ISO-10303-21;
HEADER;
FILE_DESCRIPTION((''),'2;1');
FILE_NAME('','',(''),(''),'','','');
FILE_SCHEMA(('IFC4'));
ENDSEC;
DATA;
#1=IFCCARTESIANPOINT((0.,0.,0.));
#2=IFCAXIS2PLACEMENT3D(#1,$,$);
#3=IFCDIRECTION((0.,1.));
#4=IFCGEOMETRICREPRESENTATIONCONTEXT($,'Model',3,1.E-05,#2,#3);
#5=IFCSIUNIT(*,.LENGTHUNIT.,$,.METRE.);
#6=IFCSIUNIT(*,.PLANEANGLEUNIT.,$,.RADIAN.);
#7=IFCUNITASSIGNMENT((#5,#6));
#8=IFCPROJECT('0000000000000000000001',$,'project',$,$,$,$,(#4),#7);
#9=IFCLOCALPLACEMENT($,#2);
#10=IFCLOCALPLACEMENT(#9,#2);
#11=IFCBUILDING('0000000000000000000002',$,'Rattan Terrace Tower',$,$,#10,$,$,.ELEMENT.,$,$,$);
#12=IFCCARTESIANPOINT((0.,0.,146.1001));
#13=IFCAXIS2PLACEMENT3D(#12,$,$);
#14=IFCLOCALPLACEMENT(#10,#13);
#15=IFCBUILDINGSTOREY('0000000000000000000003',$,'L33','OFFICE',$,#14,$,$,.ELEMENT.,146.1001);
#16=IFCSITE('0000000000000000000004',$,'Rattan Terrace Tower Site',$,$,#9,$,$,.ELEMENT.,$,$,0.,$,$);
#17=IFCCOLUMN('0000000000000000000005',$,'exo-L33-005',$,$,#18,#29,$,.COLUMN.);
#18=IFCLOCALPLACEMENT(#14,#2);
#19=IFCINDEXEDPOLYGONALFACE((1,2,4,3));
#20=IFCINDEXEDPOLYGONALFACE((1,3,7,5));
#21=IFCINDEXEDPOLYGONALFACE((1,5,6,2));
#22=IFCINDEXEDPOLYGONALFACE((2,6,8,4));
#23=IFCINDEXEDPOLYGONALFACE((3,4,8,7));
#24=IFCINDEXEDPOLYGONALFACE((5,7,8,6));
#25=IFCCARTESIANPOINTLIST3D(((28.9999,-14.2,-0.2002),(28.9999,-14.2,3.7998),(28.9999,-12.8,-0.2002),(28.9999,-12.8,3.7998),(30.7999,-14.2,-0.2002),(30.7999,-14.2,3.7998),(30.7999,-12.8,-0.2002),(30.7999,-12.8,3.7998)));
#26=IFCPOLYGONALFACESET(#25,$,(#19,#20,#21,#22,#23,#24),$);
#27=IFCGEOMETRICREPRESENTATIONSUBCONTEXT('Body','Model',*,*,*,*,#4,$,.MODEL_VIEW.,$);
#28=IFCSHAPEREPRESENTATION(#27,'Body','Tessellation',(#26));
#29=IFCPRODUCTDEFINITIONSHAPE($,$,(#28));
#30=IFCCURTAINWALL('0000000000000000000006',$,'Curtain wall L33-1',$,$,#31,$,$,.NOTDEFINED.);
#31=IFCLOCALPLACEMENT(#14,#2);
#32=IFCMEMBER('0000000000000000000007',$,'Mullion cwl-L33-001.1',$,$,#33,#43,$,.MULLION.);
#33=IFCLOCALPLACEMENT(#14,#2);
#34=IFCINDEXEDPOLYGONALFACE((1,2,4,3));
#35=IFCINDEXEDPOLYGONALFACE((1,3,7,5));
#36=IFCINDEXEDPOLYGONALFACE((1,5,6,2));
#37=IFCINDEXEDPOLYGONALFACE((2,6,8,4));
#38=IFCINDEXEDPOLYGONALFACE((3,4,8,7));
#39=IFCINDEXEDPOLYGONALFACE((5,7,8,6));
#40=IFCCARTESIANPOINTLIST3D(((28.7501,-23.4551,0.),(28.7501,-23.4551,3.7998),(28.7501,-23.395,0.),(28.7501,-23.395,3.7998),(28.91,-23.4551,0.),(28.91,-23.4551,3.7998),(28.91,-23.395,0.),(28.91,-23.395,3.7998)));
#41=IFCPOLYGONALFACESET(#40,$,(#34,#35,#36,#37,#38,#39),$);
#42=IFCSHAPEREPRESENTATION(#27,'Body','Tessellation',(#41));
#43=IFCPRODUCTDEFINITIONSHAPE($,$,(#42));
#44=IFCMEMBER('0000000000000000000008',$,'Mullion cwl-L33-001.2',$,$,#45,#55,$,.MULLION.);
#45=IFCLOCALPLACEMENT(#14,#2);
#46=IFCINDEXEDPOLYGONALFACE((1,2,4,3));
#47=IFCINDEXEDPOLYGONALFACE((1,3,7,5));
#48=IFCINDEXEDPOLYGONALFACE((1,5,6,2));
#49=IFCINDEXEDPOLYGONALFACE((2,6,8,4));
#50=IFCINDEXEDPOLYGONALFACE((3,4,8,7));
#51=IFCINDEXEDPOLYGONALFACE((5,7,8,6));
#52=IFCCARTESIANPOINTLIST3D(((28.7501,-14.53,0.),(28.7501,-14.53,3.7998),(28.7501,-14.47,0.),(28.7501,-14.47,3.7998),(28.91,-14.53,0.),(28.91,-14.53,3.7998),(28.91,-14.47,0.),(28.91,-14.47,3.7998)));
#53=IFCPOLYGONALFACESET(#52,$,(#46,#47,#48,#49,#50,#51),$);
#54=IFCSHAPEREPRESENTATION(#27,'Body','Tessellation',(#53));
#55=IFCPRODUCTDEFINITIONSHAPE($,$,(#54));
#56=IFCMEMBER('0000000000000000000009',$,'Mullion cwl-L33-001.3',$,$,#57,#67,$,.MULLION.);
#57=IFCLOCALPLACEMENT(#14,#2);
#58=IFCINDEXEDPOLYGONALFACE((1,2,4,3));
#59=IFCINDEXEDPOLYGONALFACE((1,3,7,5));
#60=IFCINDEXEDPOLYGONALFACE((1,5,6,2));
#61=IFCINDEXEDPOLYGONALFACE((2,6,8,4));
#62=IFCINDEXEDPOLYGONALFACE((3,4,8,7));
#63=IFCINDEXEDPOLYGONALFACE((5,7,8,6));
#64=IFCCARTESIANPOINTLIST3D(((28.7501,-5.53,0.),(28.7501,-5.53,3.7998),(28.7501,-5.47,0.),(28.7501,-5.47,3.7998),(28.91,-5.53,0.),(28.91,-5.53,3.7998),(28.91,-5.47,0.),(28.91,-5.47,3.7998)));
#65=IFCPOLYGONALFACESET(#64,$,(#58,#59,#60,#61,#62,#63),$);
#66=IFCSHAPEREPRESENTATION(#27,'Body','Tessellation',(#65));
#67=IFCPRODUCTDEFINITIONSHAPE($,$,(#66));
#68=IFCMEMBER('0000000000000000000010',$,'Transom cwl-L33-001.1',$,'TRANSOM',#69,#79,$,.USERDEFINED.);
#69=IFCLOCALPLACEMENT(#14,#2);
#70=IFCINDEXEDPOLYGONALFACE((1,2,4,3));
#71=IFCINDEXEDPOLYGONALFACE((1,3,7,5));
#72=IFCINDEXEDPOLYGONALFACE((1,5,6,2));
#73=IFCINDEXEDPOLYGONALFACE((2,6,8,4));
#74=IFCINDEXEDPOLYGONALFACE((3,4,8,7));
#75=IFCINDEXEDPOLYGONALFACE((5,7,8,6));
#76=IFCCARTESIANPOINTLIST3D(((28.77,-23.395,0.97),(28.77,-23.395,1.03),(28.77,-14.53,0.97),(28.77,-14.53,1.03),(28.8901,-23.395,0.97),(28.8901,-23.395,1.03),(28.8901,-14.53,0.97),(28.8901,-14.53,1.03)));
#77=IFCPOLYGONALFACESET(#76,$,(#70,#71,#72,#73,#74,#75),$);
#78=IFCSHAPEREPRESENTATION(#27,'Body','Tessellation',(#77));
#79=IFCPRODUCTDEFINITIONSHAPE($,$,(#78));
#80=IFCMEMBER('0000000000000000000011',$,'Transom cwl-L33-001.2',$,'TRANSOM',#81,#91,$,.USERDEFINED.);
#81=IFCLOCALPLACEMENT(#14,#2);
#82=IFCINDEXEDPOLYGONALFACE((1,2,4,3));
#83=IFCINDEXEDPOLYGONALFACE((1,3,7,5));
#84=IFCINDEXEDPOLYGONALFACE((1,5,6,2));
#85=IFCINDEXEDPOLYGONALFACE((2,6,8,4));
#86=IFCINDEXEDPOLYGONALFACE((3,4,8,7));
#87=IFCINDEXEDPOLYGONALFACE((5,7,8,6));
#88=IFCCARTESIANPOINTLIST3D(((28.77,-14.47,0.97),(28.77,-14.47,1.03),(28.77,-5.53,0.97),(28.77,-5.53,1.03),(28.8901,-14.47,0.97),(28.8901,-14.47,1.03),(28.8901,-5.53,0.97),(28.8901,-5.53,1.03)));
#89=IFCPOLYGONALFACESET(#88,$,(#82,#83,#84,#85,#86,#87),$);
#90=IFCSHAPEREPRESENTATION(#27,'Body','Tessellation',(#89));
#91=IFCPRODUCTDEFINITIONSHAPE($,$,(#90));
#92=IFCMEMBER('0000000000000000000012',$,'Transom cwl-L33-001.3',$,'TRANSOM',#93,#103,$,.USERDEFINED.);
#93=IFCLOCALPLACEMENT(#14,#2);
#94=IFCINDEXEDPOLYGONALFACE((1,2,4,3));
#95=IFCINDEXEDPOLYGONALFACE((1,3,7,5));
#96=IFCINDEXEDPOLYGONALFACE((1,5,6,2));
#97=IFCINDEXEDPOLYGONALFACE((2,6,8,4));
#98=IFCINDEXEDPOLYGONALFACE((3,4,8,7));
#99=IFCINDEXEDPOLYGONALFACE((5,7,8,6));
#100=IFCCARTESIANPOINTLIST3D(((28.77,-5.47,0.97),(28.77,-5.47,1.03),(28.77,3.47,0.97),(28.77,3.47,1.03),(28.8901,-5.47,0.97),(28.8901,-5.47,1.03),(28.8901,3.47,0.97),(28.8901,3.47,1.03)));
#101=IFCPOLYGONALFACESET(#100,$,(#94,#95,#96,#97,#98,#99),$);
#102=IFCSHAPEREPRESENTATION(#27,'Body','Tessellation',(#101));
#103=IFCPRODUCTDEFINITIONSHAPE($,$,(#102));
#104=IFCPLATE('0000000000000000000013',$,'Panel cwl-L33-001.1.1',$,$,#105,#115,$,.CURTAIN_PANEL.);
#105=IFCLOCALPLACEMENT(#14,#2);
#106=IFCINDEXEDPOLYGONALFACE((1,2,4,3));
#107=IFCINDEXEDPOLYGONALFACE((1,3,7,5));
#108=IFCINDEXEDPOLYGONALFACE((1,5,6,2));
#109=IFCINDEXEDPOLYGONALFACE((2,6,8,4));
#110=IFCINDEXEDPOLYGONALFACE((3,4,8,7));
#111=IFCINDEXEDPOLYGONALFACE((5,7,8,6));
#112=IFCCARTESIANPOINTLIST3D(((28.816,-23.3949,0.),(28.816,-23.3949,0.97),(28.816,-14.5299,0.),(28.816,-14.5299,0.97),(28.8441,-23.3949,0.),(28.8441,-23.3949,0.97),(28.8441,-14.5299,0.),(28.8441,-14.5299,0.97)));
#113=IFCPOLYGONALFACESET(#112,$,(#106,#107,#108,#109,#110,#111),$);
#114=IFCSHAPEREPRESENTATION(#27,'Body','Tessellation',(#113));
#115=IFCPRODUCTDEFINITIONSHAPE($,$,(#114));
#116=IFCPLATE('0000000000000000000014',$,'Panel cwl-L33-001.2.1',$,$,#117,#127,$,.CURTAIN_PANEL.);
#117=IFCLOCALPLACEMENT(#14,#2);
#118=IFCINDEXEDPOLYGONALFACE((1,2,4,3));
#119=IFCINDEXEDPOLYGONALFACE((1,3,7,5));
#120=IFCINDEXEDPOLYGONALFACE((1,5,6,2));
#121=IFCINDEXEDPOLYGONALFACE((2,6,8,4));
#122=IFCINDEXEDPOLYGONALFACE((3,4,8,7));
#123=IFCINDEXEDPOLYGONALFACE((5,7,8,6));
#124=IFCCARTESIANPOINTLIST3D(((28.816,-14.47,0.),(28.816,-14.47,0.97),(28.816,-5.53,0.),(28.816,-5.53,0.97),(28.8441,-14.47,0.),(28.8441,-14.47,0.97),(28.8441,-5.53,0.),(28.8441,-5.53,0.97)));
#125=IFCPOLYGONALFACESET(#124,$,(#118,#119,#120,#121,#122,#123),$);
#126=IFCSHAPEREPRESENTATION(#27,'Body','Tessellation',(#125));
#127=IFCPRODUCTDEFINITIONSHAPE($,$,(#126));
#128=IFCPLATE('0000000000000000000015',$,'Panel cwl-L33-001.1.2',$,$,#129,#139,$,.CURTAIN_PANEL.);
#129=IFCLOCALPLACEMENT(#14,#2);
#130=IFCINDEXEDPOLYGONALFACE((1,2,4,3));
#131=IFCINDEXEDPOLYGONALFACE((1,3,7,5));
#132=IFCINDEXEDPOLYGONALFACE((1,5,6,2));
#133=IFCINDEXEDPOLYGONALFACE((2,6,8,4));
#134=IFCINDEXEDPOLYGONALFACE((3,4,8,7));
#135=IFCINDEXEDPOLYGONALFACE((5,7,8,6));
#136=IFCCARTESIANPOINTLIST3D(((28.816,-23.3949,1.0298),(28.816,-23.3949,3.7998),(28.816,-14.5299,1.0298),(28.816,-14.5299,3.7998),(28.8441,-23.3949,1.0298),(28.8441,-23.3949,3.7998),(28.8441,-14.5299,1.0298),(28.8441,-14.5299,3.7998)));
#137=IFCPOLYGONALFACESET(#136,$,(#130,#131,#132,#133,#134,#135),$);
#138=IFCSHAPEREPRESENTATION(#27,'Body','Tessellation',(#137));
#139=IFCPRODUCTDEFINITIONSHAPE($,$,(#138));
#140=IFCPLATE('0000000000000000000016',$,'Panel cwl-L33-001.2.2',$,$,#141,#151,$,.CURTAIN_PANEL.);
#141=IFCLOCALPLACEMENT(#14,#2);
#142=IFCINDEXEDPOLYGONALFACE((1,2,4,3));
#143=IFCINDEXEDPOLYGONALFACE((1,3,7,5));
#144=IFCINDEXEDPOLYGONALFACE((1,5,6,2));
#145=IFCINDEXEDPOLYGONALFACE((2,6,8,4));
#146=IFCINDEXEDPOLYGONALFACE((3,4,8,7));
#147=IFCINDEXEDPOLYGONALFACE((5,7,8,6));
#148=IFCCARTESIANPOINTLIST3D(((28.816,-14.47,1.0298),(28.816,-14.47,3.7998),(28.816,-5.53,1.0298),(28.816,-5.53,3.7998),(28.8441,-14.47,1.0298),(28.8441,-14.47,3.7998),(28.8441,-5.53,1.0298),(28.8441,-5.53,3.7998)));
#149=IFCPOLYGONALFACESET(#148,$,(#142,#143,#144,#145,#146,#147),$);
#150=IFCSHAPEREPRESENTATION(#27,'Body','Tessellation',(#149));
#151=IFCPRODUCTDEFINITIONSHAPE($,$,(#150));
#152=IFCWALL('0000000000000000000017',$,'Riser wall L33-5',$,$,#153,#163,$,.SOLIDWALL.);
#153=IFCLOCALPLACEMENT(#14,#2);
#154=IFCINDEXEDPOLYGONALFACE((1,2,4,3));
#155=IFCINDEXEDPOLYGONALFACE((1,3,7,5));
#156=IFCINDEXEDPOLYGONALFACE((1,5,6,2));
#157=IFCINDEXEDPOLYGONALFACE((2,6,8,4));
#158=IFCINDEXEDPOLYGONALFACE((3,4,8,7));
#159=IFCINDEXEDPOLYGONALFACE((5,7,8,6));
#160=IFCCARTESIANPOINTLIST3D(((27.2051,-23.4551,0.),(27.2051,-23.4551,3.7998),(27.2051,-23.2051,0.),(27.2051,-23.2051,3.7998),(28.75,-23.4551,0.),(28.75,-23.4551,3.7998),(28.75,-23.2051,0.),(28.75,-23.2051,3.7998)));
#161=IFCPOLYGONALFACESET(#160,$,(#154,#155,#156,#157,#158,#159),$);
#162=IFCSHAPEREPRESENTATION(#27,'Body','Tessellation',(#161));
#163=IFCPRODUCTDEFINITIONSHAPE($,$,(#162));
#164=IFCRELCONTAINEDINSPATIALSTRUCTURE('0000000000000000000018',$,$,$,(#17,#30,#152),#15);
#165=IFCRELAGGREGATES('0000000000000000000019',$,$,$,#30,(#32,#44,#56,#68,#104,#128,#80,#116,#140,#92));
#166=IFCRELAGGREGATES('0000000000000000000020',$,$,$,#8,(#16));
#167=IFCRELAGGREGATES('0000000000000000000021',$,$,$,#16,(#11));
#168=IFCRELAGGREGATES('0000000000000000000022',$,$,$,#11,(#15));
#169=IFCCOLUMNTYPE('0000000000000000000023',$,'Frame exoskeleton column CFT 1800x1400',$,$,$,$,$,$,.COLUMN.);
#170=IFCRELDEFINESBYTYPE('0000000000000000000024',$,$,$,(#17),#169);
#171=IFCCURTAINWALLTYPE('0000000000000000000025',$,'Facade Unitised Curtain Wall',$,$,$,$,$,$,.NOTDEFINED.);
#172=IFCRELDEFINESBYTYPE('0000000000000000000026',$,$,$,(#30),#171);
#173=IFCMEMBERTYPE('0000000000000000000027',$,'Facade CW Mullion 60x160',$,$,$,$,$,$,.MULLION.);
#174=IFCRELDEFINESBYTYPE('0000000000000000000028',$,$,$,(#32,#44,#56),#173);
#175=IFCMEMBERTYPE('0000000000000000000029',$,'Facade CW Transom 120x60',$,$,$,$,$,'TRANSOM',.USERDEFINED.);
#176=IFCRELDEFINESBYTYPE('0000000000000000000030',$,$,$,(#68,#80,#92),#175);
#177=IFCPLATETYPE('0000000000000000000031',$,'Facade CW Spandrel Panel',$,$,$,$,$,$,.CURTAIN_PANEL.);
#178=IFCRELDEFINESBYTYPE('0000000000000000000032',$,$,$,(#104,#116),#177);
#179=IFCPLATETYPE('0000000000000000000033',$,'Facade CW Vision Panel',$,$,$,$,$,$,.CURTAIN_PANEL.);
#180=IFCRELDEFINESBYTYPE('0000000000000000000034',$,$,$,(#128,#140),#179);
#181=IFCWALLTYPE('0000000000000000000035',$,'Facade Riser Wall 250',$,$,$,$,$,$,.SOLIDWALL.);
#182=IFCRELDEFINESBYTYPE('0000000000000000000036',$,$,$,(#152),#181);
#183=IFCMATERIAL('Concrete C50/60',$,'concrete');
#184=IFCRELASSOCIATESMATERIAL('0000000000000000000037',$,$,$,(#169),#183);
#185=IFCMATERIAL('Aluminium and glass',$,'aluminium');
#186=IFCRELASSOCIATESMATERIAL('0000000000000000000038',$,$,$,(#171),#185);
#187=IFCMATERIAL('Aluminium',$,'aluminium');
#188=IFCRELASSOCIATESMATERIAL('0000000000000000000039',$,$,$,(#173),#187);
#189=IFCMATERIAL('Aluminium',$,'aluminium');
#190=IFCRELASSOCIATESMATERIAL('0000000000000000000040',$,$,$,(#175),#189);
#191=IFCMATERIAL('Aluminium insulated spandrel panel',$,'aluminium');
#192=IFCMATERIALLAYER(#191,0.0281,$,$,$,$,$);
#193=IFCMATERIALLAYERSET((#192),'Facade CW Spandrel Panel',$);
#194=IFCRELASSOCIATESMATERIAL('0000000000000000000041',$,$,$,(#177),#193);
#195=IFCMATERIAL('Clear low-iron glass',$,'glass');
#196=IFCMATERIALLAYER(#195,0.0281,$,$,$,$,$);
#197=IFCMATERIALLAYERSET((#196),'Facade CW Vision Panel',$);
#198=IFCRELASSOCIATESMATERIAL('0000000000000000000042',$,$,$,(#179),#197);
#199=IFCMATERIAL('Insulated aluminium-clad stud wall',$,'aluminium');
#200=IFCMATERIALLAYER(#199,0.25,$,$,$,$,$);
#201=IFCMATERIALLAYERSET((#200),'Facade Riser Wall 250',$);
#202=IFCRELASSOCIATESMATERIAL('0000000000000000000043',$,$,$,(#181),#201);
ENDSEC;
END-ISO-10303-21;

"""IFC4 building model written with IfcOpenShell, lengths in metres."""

from ifc_helpers import new_model, si_unit, direction, frame, frame_2d, origin, origin_2d, place, context, subcontext, project, spatial, rectangle, extrude, material, layer, layer_set, material_profile, profile_set, type_object, element, aggregate, save


model = new_model("IFC4")

# Units and contexts
model_context = context("Model", 3, precision=1e-05, world=origin(), true_north=direction((0.0, 1.0)))
body_context = subcontext(model_context, "Body", "Model", "MODEL_VIEW")
ifc_project = project(units=[si_unit("LENGTHUNIT", "METRE"), si_unit("PLANEANGLEUNIT", "RADIAN")], contexts=[model_context])

# Site, building, storey
site_placement = place(None, origin())
site = spatial("IfcSite", under=ifc_project, at=site_placement, Name="Rattan Terrace Tower Site", CompositionType="ELEMENT", RefElevation=0.0)
building_placement = place(site_placement, origin())
building = spatial("IfcBuilding", under=site, at=building_placement, Name="Rattan Terrace Tower", CompositionType="ELEMENT")
storey_placement = place(building_placement, frame((0.0, 0.0, 146.1001)))
storey = spatial("IfcBuildingStorey", under=building, at=storey_placement, Name="L33", Description="OFFICE", CompositionType="ELEMENT", Elevation=146.1001)

# Column
ifc_material_1 = material(Name="Concrete C50/60", Category="concrete")
ifc_material_profile_1 = material_profile(ifc_material_1, rectangle(XDim=1.3999, YDim=1.8, at=origin_2d()), Name="CFT 1800x1400")
ifc_profile_set_1 = profile_set([ifc_material_profile_1], Name="Concrete C50/60")
column_type = type_object("IfcColumnType", Name="Frame exoskeleton column CFT 1800x1400", PredefinedType="COLUMN", material=ifc_profile_set_1)
column_placement = place(storey_placement, frame((29.8999, -13.5, -0.2002), z_axis=(0.0, 0.0, 1.0), x_axis=(0.0, 1.0, 0.0)))
element("IfcColumn", 1, at=column_placement, inside=storey, type_object=column_type, Name="exo-L33-005", PredefinedType="COLUMN", context=body_context, shape_type="SweptSolid", body=[
    extrude(rectangle(XDim=1.3999, YDim=1.8, at=origin_2d()), origin(), (0.0, 0.0, 1.0), 4.0),
])

# Curtain wall, members, plates
ifc_material_2 = material(Name="Aluminium and glass", Category="aluminium")
curtain_wall_type = type_object("IfcCurtainWallType", Name="Facade Unitised Curtain Wall", PredefinedType="NOTDEFINED", material=ifc_material_2)
curtain_wall_placement = place(storey_placement, origin())
curtain_wall = element("IfcCurtainWall", 2, at=curtain_wall_placement, inside=storey, type_object=curtain_wall_type, Name="Curtain wall L33-1", PredefinedType="NOTDEFINED")
ifc_material_3 = material(Name="Aluminium", Category="aluminium")
ifc_material_profile_2 = material_profile(ifc_material_3, rectangle(XDim=0.0601, YDim=0.1599, at=origin_2d()), Name="Aluminium 60x160")
ifc_profile_set_2 = profile_set([ifc_material_profile_2], Name="Aluminium")
member_type_1 = type_object("IfcMemberType", Name="Facade CW Mullion 60x160", PredefinedType="MULLION", material=ifc_profile_set_2)
member_1_placement = place(storey_placement, frame((28.8301, -23.425, 0.0), z_axis=(0.0, 0.0, 1.0), x_axis=(0.0, 1.0, 0.0)))
member_1 = element("IfcMember", 3, at=member_1_placement, type_object=member_type_1, Name="Mullion cwl-L33-001.1", PredefinedType="MULLION", context=body_context, shape_type="SweptSolid", body=[
    extrude(rectangle(XDim=0.0601, YDim=0.1599, at=origin_2d()), origin(), (0.0, 0.0, 1.0), 3.7998),
])
member_2_placement = place(storey_placement, frame((28.8301, -14.5, 0.0), z_axis=(0.0, 0.0, 1.0), x_axis=(0.0, 1.0, 0.0)))
member_2 = element("IfcMember", 4, at=member_2_placement, type_object=member_type_1, Name="Mullion cwl-L33-001.2", PredefinedType="MULLION", context=body_context, shape_type="SweptSolid", body=[
    extrude(rectangle(XDim=0.0601, YDim=0.1599, at=origin_2d()), origin(), (0.0, 0.0, 1.0), 3.7998),
])
member_3_placement = place(storey_placement, frame((28.8301, -5.5, 0.0), z_axis=(0.0, 0.0, 1.0), x_axis=(0.0, 1.0, 0.0)))
member_3 = element("IfcMember", 5, at=member_3_placement, type_object=member_type_1, Name="Mullion cwl-L33-001.3", PredefinedType="MULLION", context=body_context, shape_type="SweptSolid", body=[
    extrude(rectangle(XDim=0.0601, YDim=0.1599, at=origin_2d()), origin(), (0.0, 0.0, 1.0), 3.7998),
])
ifc_material_4 = material(Name="Aluminium", Category="aluminium")
ifc_material_profile_3 = material_profile(ifc_material_4, rectangle(XDim=0.1201, YDim=0.0601, at=origin_2d()), Name="Aluminium 120x60")
ifc_profile_set_3 = profile_set([ifc_material_profile_3], Name="Aluminium")
member_type_2 = type_object("IfcMemberType", Name="Facade CW Transom 120x60", ElementType="TRANSOM", PredefinedType="USERDEFINED", material=ifc_profile_set_3)
member_4_placement = place(storey_placement, frame((28.8301, -23.395, 1.0), z_axis=(0.0, 1.0, 0.0), x_axis=(-1.0, 0.0, 0.0)))
member_4 = element("IfcMember", 6, at=member_4_placement, type_object=member_type_2, Name="Transom cwl-L33-001.1", ObjectType="TRANSOM", PredefinedType="USERDEFINED", context=body_context, shape_type="SweptSolid", body=[
    extrude(rectangle(XDim=0.1201, YDim=0.0601, at=origin_2d()), origin(), (0.0, 0.0, 1.0), 8.865),
])
member_5_placement = place(storey_placement, frame((28.8301, -14.47, 1.0), z_axis=(0.0, 1.0, 0.0), x_axis=(-1.0, 0.0, 0.0)))
member_5 = element("IfcMember", 7, at=member_5_placement, type_object=member_type_2, Name="Transom cwl-L33-001.2", ObjectType="TRANSOM", PredefinedType="USERDEFINED", context=body_context, shape_type="SweptSolid", body=[
    extrude(rectangle(XDim=0.1201, YDim=0.0601, at=origin_2d()), origin(), (0.0, 0.0, 1.0), 8.9399),
])
member_6_placement = place(storey_placement, frame((28.8301, -5.47, 1.0), z_axis=(0.0, 1.0, 0.0), x_axis=(-1.0, 0.0, 0.0)))
member_6 = element("IfcMember", 8, at=member_6_placement, type_object=member_type_2, Name="Transom cwl-L33-001.3", ObjectType="TRANSOM", PredefinedType="USERDEFINED", context=body_context, shape_type="SweptSolid", body=[
    extrude(rectangle(XDim=0.1201, YDim=0.0601, at=origin_2d()), origin(), (0.0, 0.0, 1.0), 8.9399),
])
ifc_material_5 = material(Name="Aluminium insulated spandrel panel", Category="aluminium")
ifc_layer_1 = layer(ifc_material_5, 0.0281)
ifc_layer_set_1 = layer_set([ifc_layer_1], Name="Facade CW Spandrel Panel")
plate_type_1 = type_object("IfcPlateType", Name="Facade CW Spandrel Panel", PredefinedType="CURTAIN_PANEL", material=ifc_layer_set_1)
plate_1_placement = place(storey_placement, frame((28.8301, -18.9624, 0.0), z_axis=(0.0, 0.0, 1.0), x_axis=(0.0, 1.0, 0.0)))
plate_1 = element("IfcPlate", 9, at=plate_1_placement, type_object=plate_type_1, Name="Panel cwl-L33-001.1.1", PredefinedType="CURTAIN_PANEL", context=body_context, shape_type="SweptSolid", body=[
    extrude(rectangle(XDim=8.865, YDim=0.0281, at=origin_2d()), origin(), (0.0, 0.0, 1.0), 0.97),
])
plate_2_placement = place(storey_placement, frame((28.8301, -10.0, 0.0), z_axis=(0.0, 0.0, 1.0), x_axis=(0.0, 1.0, 0.0)))
plate_2 = element("IfcPlate", 10, at=plate_2_placement, type_object=plate_type_1, Name="Panel cwl-L33-001.2.1", PredefinedType="CURTAIN_PANEL", context=body_context, shape_type="SweptSolid", body=[
    extrude(rectangle(XDim=8.9399, YDim=0.0281, at=origin_2d()), origin(), (0.0, 0.0, 1.0), 0.97),
])
ifc_material_6 = material(Name="Clear low-iron glass", Category="glass")
ifc_layer_2 = layer(ifc_material_6, 0.0281)
ifc_layer_set_2 = layer_set([ifc_layer_2], Name="Facade CW Vision Panel")
plate_type_2 = type_object("IfcPlateType", Name="Facade CW Vision Panel", PredefinedType="CURTAIN_PANEL", material=ifc_layer_set_2)
plate_3_placement = place(storey_placement, frame((28.8301, -18.9624, 1.0298), z_axis=(0.0, 0.0, 1.0), x_axis=(0.0, 1.0, 0.0)))
plate_3 = element("IfcPlate", 11, at=plate_3_placement, type_object=plate_type_2, Name="Panel cwl-L33-001.1.2", PredefinedType="CURTAIN_PANEL", context=body_context, shape_type="SweptSolid", body=[
    extrude(rectangle(XDim=8.865, YDim=0.0281, at=origin_2d()), origin(), (0.0, 0.0, 1.0), 2.77),
])
plate_4_placement = place(storey_placement, frame((28.8301, -10.0, 1.0298), z_axis=(0.0, 0.0, 1.0), x_axis=(0.0, 1.0, 0.0)))
plate_4 = element("IfcPlate", 12, at=plate_4_placement, type_object=plate_type_2, Name="Panel cwl-L33-001.2.2", PredefinedType="CURTAIN_PANEL", context=body_context, shape_type="SweptSolid", body=[
    extrude(rectangle(XDim=8.9399, YDim=0.0281, at=origin_2d()), origin(), (0.0, 0.0, 1.0), 2.77),
])
aggregate(curtain_wall, [member_1, member_2, member_3, member_4, plate_1, plate_3, member_5, plate_2, plate_4, member_6])

# Wall
ifc_material_7 = material(Name="Insulated aluminium-clad stud wall", Category="aluminium")
ifc_layer_3 = layer(ifc_material_7, 0.25)
ifc_layer_set_3 = layer_set([ifc_layer_3], Name="Facade Riser Wall 250")
wall_type_1 = type_object("IfcWallType", Name="Facade Riser Wall 250", PredefinedType="SOLIDWALL", material=ifc_layer_set_3)
wall_1_placement = place(storey_placement, frame((27.2051, -23.3301, 0.0), z_axis=(0.0, 0.0, 1.0), x_axis=(1.0, 0.0, 0.0)))
element("IfcWall", 13, at=wall_1_placement, inside=storey, type_object=wall_type_1, Name="Riser wall L33-5", PredefinedType="SOLIDWALL", context=body_context, shape_type="SweptSolid", body=[
    extrude(rectangle(XDim=1.5449, YDim=0.25, at=frame_2d((0.7725, 0.0))), origin(), (0.0, 0.0, 1.0), 3.7998),
])

save(model, "model.ifc")
